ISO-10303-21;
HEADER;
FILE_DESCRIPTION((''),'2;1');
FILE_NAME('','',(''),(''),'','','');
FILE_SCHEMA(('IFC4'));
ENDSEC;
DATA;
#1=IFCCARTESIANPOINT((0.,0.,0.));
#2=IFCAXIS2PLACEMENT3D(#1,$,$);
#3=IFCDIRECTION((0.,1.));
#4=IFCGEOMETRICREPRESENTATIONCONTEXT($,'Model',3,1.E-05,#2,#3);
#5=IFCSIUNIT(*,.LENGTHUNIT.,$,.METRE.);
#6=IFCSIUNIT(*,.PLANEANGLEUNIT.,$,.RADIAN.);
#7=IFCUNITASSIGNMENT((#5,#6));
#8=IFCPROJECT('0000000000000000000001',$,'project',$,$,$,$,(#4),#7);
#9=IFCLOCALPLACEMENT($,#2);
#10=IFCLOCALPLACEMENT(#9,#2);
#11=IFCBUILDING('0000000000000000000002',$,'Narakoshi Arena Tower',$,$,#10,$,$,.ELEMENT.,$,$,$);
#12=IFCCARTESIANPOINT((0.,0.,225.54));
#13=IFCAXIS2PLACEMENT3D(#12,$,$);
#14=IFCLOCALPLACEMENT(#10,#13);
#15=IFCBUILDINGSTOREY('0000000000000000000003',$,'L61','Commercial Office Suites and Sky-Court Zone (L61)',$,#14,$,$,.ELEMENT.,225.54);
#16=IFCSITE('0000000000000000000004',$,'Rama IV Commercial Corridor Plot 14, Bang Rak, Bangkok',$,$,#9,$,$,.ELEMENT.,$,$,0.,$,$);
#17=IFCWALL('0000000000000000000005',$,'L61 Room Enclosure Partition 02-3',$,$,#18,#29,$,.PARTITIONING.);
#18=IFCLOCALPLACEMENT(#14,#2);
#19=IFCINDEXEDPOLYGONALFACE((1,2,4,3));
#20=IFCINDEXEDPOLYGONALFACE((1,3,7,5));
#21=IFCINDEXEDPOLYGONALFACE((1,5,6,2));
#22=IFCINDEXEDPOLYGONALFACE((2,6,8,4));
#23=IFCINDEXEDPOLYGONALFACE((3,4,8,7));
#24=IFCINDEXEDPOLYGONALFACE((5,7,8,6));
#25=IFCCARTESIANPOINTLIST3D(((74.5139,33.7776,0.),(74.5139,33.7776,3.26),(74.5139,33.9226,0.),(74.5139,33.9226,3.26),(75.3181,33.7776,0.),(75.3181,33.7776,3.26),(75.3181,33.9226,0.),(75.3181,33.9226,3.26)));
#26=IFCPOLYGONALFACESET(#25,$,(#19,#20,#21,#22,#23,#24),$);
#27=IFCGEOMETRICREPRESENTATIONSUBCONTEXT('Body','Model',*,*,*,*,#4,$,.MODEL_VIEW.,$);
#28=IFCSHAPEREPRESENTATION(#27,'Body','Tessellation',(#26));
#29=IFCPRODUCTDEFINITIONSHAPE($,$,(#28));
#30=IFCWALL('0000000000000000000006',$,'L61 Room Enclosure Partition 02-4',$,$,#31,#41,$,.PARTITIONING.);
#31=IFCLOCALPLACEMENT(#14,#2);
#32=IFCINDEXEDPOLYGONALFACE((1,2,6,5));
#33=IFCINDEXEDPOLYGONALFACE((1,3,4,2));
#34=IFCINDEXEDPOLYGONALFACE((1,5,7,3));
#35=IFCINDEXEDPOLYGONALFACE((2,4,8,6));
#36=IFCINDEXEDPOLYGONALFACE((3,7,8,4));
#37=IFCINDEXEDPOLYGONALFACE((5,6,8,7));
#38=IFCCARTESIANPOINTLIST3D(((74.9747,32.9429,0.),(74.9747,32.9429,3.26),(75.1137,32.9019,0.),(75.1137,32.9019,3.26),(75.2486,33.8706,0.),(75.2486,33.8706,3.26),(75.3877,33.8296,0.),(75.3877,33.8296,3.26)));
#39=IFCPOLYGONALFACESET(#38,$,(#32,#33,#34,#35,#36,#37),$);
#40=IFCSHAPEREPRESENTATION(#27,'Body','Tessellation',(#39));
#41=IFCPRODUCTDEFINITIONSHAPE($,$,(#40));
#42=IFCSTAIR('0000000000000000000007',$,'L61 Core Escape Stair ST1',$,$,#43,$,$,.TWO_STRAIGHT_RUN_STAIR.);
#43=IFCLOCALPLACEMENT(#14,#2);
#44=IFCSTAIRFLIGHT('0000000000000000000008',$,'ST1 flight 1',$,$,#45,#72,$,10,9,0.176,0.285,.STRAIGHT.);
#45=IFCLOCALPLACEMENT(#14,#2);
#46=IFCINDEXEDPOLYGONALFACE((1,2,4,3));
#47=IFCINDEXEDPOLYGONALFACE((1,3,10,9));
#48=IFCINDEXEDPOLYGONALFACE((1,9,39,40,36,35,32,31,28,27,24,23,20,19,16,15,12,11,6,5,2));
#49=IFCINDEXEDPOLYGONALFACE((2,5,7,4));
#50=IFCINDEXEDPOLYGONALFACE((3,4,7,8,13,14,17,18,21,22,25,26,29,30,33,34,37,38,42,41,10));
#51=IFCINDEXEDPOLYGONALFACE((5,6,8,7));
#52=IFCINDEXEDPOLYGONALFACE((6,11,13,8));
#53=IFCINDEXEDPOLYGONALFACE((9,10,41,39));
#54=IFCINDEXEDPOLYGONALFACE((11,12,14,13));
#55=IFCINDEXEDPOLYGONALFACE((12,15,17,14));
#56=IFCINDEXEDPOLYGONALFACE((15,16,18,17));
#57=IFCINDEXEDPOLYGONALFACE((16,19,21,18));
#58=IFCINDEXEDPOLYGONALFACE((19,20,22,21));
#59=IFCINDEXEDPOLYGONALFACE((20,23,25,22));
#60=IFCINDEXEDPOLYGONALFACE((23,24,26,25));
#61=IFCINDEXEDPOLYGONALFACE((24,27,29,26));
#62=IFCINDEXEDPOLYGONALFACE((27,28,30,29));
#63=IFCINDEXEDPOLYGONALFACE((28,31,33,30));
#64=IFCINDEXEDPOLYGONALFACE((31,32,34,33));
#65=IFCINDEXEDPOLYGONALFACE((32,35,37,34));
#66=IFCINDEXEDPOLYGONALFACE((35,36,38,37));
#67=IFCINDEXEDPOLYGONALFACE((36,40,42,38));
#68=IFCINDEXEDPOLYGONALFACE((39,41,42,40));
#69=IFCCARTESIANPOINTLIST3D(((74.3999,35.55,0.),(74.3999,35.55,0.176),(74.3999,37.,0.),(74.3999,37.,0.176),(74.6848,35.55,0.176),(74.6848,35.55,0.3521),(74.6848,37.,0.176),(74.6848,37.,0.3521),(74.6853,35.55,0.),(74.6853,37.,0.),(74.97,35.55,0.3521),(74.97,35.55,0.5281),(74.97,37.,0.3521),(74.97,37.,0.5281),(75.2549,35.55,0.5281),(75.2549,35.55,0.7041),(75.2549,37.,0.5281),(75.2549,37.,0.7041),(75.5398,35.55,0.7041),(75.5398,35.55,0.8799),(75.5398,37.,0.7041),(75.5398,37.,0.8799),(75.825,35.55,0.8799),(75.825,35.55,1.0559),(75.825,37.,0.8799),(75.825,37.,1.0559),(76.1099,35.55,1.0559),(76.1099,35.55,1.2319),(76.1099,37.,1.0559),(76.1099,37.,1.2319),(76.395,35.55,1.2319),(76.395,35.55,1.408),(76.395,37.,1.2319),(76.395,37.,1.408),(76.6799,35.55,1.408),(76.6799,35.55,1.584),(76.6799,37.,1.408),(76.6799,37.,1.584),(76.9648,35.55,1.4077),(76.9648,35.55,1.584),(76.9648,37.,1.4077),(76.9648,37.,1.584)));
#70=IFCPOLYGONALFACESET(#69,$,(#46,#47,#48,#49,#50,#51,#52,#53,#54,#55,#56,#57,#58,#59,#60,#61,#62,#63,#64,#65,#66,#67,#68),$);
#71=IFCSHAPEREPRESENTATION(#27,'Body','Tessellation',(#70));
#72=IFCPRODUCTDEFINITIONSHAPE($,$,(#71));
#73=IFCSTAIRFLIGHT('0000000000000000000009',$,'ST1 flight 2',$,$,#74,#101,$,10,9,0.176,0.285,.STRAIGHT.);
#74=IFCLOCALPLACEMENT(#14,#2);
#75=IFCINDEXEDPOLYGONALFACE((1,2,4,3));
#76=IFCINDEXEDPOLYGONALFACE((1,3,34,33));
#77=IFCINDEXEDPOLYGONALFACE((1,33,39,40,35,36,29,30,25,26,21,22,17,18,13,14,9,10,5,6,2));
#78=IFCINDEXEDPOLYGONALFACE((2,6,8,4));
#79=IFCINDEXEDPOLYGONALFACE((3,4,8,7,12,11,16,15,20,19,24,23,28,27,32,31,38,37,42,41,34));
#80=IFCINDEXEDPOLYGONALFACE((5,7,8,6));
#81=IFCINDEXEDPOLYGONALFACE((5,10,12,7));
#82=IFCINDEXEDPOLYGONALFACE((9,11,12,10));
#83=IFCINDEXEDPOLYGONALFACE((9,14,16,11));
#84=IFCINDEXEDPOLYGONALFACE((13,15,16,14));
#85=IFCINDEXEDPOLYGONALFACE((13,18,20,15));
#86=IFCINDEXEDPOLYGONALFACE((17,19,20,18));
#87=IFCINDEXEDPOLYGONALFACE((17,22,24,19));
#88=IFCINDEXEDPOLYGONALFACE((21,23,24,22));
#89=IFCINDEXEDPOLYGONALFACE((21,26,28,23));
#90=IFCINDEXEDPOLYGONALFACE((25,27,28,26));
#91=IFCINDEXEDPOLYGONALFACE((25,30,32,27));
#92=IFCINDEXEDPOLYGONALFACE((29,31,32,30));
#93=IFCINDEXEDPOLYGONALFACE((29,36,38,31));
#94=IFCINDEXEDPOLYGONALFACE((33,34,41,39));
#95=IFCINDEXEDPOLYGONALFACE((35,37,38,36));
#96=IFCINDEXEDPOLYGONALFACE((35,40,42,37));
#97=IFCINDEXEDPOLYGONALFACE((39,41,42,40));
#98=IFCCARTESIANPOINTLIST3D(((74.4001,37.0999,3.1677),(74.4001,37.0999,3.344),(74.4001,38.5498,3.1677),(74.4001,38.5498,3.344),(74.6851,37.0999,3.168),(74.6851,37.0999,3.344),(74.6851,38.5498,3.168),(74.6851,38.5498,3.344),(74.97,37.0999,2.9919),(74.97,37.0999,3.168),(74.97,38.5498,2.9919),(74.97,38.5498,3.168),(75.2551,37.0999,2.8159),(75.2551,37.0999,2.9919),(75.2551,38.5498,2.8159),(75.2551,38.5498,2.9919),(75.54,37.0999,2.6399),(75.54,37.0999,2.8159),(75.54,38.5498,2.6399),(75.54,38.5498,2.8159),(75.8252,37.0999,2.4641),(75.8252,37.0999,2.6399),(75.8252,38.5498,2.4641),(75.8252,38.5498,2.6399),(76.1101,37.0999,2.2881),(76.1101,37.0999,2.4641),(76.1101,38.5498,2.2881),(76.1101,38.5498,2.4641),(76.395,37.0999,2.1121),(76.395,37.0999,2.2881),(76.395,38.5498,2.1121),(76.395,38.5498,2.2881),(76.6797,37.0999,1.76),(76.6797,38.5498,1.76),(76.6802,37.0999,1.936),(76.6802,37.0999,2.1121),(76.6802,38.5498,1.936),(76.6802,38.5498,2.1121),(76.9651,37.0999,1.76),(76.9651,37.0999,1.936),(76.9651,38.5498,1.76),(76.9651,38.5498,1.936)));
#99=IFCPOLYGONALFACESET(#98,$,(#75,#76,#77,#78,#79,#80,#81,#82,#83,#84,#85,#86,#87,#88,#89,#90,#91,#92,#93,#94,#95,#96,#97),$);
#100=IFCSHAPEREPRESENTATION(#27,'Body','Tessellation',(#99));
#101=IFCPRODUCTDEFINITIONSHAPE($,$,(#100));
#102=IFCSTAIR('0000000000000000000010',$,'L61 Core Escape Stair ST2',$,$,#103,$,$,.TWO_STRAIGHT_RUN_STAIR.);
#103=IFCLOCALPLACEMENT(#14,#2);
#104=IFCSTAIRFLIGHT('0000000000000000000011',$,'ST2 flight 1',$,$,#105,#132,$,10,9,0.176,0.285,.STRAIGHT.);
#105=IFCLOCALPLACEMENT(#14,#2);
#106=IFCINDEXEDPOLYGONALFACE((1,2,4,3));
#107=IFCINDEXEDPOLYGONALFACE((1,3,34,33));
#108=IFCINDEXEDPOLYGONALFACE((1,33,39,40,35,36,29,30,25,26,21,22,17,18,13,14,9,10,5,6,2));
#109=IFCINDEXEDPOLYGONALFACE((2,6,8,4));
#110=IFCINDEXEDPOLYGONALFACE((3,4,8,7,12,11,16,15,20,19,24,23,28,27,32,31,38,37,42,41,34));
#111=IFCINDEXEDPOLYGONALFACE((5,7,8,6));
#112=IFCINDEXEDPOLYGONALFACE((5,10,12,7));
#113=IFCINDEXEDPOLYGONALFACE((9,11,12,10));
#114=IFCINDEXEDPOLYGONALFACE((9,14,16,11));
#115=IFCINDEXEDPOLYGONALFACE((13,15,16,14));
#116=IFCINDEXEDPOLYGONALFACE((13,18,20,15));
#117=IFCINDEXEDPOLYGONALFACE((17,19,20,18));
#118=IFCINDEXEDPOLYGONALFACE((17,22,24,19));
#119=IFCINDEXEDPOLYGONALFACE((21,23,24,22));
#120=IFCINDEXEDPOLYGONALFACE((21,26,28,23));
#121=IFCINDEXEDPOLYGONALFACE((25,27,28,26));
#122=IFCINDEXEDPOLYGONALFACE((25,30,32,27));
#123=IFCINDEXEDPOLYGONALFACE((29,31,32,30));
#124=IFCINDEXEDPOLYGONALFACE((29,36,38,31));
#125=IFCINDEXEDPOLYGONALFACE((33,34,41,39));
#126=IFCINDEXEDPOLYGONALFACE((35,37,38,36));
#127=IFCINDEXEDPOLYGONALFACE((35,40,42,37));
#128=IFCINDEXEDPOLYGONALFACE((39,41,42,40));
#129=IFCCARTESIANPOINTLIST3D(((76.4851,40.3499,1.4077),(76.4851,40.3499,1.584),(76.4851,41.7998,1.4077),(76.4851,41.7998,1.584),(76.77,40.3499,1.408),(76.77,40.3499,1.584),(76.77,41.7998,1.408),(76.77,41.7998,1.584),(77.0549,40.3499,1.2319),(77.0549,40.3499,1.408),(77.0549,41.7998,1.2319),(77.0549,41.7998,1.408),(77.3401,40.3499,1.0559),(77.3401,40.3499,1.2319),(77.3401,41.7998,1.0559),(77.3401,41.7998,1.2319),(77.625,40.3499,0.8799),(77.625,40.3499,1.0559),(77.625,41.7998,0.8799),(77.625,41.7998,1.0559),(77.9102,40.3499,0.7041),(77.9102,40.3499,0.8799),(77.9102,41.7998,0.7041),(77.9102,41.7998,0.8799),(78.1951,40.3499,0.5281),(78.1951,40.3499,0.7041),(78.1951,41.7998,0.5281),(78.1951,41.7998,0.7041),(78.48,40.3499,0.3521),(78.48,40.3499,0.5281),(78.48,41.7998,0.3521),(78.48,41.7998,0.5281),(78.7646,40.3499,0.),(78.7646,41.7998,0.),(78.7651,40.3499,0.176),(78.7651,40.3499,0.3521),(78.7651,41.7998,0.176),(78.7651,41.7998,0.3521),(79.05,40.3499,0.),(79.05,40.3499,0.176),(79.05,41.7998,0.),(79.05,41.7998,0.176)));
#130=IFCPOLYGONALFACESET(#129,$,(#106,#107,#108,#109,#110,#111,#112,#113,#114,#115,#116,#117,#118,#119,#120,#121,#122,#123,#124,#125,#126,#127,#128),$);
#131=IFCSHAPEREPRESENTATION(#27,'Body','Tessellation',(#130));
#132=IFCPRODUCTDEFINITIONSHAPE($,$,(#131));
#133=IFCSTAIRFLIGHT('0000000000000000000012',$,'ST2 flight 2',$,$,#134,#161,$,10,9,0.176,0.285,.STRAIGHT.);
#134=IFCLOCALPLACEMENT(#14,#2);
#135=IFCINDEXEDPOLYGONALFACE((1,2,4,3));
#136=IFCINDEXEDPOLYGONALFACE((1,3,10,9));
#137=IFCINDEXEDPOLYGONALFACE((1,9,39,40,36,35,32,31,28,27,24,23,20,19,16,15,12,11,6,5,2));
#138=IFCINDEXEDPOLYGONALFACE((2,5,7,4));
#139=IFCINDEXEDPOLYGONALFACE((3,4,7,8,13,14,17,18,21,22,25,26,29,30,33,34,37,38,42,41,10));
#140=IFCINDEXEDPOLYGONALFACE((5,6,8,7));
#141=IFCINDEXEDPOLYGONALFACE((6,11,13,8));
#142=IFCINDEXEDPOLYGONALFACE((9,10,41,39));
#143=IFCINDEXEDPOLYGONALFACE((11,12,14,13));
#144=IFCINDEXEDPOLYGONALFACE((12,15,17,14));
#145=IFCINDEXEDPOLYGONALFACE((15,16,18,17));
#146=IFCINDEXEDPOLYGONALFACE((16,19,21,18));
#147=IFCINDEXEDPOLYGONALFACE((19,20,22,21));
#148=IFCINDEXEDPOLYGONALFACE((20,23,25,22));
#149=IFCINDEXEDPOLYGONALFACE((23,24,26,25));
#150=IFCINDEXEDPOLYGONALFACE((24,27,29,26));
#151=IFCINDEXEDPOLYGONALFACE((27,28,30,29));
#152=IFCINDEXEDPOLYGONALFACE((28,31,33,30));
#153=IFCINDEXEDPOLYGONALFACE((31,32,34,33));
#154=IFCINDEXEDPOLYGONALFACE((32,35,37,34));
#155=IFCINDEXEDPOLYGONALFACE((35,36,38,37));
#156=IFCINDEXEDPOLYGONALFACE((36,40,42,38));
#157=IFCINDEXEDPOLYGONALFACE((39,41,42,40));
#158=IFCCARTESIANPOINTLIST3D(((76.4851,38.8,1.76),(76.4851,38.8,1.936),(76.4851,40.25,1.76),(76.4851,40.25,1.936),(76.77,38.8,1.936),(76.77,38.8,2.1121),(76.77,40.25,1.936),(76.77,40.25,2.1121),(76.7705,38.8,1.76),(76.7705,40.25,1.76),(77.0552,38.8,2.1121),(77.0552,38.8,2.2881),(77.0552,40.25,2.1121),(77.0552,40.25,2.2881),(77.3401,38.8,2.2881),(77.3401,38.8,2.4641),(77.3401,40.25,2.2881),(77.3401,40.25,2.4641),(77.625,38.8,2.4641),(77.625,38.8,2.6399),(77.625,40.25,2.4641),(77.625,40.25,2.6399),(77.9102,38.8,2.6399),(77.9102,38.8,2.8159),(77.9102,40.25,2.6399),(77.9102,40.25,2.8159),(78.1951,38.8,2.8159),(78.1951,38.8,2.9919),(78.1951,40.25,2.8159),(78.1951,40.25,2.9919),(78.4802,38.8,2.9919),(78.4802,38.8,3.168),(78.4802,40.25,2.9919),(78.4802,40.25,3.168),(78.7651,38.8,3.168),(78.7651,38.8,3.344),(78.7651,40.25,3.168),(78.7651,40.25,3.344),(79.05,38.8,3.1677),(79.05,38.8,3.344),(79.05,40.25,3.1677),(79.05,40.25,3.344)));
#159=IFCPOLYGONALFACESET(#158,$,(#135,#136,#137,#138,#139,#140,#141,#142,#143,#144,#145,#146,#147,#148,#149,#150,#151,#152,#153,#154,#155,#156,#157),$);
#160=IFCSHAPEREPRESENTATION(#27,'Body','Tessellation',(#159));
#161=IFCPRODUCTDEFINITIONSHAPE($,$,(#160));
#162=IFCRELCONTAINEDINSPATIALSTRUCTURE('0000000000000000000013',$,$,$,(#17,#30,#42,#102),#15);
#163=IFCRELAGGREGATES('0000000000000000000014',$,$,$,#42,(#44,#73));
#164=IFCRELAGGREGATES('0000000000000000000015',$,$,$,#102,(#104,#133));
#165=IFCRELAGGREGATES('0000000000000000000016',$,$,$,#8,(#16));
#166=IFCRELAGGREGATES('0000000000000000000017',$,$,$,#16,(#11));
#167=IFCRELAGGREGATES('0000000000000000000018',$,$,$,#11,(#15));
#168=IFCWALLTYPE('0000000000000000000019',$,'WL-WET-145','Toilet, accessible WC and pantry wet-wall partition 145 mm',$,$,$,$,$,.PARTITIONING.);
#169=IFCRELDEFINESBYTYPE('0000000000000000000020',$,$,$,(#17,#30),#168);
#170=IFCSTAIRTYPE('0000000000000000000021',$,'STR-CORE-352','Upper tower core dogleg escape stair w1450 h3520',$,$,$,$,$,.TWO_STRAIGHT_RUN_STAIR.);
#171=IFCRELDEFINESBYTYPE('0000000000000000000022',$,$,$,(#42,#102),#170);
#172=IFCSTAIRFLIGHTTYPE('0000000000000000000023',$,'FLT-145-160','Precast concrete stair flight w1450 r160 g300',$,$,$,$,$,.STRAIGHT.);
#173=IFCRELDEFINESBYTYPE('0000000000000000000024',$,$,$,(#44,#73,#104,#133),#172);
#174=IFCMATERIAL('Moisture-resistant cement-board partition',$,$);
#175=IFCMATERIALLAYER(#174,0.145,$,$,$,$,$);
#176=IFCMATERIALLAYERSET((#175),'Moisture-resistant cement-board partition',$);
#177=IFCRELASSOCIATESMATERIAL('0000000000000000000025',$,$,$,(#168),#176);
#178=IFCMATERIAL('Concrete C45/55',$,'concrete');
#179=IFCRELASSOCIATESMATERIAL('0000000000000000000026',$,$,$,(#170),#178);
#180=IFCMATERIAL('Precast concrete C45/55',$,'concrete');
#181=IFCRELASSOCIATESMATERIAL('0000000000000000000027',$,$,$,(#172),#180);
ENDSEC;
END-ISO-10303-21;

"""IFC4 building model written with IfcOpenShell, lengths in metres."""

from ifc_helpers import new_model, si_unit, direction, frame, frame_2d, origin, place, context, subcontext, project, spatial, polyline, rectangle, outline, extrude, material, layer, layer_set, type_object, element, aggregate, save


model = new_model("IFC4")

# Units and contexts
model_context = context("Model", 3, precision=1e-05, world=origin(), true_north=direction((0.0, 1.0)))
body_context = subcontext(model_context, "Body", "Model", "MODEL_VIEW")
ifc_project = project(units=[si_unit("LENGTHUNIT", "METRE"), si_unit("PLANEANGLEUNIT", "RADIAN")], contexts=[model_context])

# Site, building, storey
site_placement = place(None, origin())
site = spatial("IfcSite", under=ifc_project, at=site_placement, Name="Rama IV Commercial Corridor Plot 14, Bang Rak, Bangkok", CompositionType="ELEMENT", RefElevation=0.0)
building_placement = place(site_placement, origin())
building = spatial("IfcBuilding", under=site, at=building_placement, Name="Narakoshi Arena Tower", CompositionType="ELEMENT")
storey_placement = place(building_placement, frame((0.0, 0.0, 225.54)))
storey = spatial("IfcBuildingStorey", under=building, at=storey_placement, Name="L61", Description="Commercial Office Suites and Sky-Court Zone (L61)", CompositionType="ELEMENT", Elevation=225.54)

# Shared definitions
ifc_material_1 = material(Name="Precast concrete C45/55", Category="concrete")

# Walls
ifc_material_2 = material(Name="Moisture-resistant cement-board partition")
ifc_layer_1 = layer(ifc_material_2, 0.145)
ifc_layer_set_1 = layer_set([ifc_layer_1], Name="Moisture-resistant cement-board partition")
wall_type_1 = type_object("IfcWallType", Name="WL-WET-145", Description="Toilet, accessible WC and pantry wet-wall partition 145 mm", PredefinedType="PARTITIONING", material=ifc_layer_set_1)
wall_1_placement = place(storey_placement, frame((74.5139, 33.8501, 0.0), z_axis=(0.0, 0.0, 1.0), x_axis=(1.0, 0.0, 0.0)))
element("IfcWall", 1, at=wall_1_placement, inside=storey, type_object=wall_type_1, Name="L61 Room Enclosure Partition 02-3", PredefinedType="PARTITIONING", context=body_context, shape_type="SweptSolid", body=[
    extrude(rectangle(XDim=0.8042, YDim=0.145, at=frame_2d((0.4021, 0.0))), origin(), (0.0, 0.0, 1.0), 3.26),
])
wall_2_placement = place(storey_placement, frame((75.3181, 33.8501, 0.0), z_axis=(0.0, 0.0, 1.0), x_axis=(-0.283177, -0.959068, 0.0)))
element("IfcWall", 2, at=wall_2_placement, inside=storey, type_object=wall_type_1, Name="L61 Room Enclosure Partition 02-4", PredefinedType="PARTITIONING", context=body_context, shape_type="SweptSolid", body=[
    extrude(rectangle(XDim=0.9673, YDim=0.145, at=frame_2d((0.4836, 0.0))), origin(), (0.0, 0.0, 1.0), 3.26),
])

# Stairs, stair flights
ifc_material_3 = material(Name="Concrete C45/55", Category="concrete")
stair_type = type_object("IfcStairType", Name="STR-CORE-352", Description="Upper tower core dogleg escape stair w1450 h3520", PredefinedType="TWO_STRAIGHT_RUN_STAIR", material=ifc_material_3)
stair_1_placement = place(storey_placement, origin())
stair_1 = element("IfcStair", 3, at=stair_1_placement, inside=storey, type_object=stair_type, Name="L61 Core Escape Stair ST1", PredefinedType="TWO_STRAIGHT_RUN_STAIR")
stair_flight_type = type_object("IfcStairFlightType", Name="FLT-145-160", Description="Precast concrete stair flight w1450 r160 g300", PredefinedType="STRAIGHT", material=ifc_material_1)
stair_flight_1_placement = place(storey_placement, frame((74.3999, 36.2749, 0.0), z_axis=(0.0, 0.0, 1.0), x_axis=(1.0, 0.0, 0.0)))
stair_flight_1 = element("IfcStairFlight", 4, at=stair_flight_1_placement, type_object=stair_flight_type, Name="ST1 flight 1", NumberOfRisers=10, NumberOfTreads=9, PredefinedType="STRAIGHT", RiserHeight=0.176, TreadLength=0.285, context=body_context, shape_type="SweptSolid", body=[
    extrude(outline(polyline([(0.0, 0.0), (0.0, 0.176), (0.2849, 0.176), (0.2849, 0.3521), (0.5701, 0.3521), (0.5701, 0.5281), (0.855, 0.5281), (0.855, 0.7041), (1.1399, 0.7041), (1.1399, 0.8799), (1.425, 0.8799), (1.425, 1.0559), (1.71, 1.0559), (1.71, 1.2319), (1.9951, 1.2319), (1.9951, 1.408), (2.28, 1.408), (2.28, 1.584), (2.5649, 1.584), (2.5649, 1.76), (2.5649, 1.4077), (0.2854, 0.0), (0.0, 0.0)])), frame((0.0, 0.7251, 0.0), z_axis=(0.0, -1.0, 0.0), x_axis=(1.0, 0.0, 0.0)), (0.0, 0.0, 1.0), 1.45),
])
stair_flight_2_placement = place(storey_placement, frame((76.9651, 37.825, 1.76), z_axis=(0.0, 0.0, 1.0), x_axis=(-1.0, 0.0, 0.0)))
stair_flight_2 = element("IfcStairFlight", 5, at=stair_flight_2_placement, type_object=stair_flight_type, Name="ST1 flight 2", NumberOfRisers=10, NumberOfTreads=9, PredefinedType="STRAIGHT", RiserHeight=0.176, TreadLength=0.285, context=body_context, shape_type="SweptSolid", body=[
    extrude(outline(polyline([(0.0, 0.0), (0.0, 0.176), (0.2849, 0.176), (0.2849, 0.3521), (0.5701, 0.3521), (0.5701, 0.5281), (0.855, 0.5281), (0.855, 0.7041), (1.1399, 0.7041), (1.1399, 0.8799), (1.425, 0.8799), (1.425, 1.0559), (1.71, 1.0559), (1.71, 1.2319), (1.9951, 1.2319), (1.9951, 1.408), (2.28, 1.408), (2.28, 1.584), (2.5649, 1.584), (2.5649, 1.76), (2.5649, 1.4077), (0.2854, 0.0), (0.0, 0.0)])), frame((0.0, 0.7251, 0.0), z_axis=(0.0, -1.0, 0.0), x_axis=(1.0, 0.0, 0.0)), (0.0, 0.0, 1.0), 1.45),
])
aggregate(stair_1, [stair_flight_1, stair_flight_2])
stair_2_placement = place(storey_placement, origin())
stair_2 = element("IfcStair", 6, at=stair_2_placement, inside=storey, type_object=stair_type, Name="L61 Core Escape Stair ST2", PredefinedType="TWO_STRAIGHT_RUN_STAIR")
stair_flight_3_placement = place(storey_placement, frame((79.05, 41.075, 0.0), z_axis=(0.0, 0.0, 1.0), x_axis=(-1.0, 0.0, 0.0)))
stair_flight_3 = element("IfcStairFlight", 7, at=stair_flight_3_placement, type_object=stair_flight_type, Name="ST2 flight 1", NumberOfRisers=10, NumberOfTreads=9, PredefinedType="STRAIGHT", RiserHeight=0.176, TreadLength=0.285, context=body_context, shape_type="SweptSolid", body=[
    extrude(outline(polyline([(0.0, 0.0), (0.0, 0.176), (0.2849, 0.176), (0.2849, 0.3521), (0.5701, 0.3521), (0.5701, 0.5281), (0.855, 0.5281), (0.855, 0.7041), (1.1399, 0.7041), (1.1399, 0.8799), (1.425, 0.8799), (1.425, 1.0559), (1.71, 1.0559), (1.71, 1.2319), (1.9951, 1.2319), (1.9951, 1.408), (2.28, 1.408), (2.28, 1.584), (2.5649, 1.584), (2.5649, 1.76), (2.5649, 1.4077), (0.2854, 0.0), (0.0, 0.0)])), frame((0.0, 0.7251, 0.0), z_axis=(0.0, -1.0, 0.0), x_axis=(1.0, 0.0, 0.0)), (0.0, 0.0, 1.0), 1.45),
])
stair_flight_4_placement = place(storey_placement, frame((76.4851, 39.5249, 1.76), z_axis=(0.0, 0.0, 1.0), x_axis=(1.0, 0.0, 0.0)))
stair_flight_4 = element("IfcStairFlight", 8, at=stair_flight_4_placement, type_object=stair_flight_type, Name="ST2 flight 2", NumberOfRisers=10, NumberOfTreads=9, PredefinedType="STRAIGHT", RiserHeight=0.176, TreadLength=0.285, context=body_context, shape_type="SweptSolid", body=[
    extrude(outline(polyline([(0.0, 0.0), (0.0, 0.176), (0.2849, 0.176), (0.2849, 0.3521), (0.5701, 0.3521), (0.5701, 0.5281), (0.855, 0.5281), (0.855, 0.7041), (1.1399, 0.7041), (1.1399, 0.8799), (1.425, 0.8799), (1.425, 1.0559), (1.71, 1.0559), (1.71, 1.2319), (1.9951, 1.2319), (1.9951, 1.408), (2.28, 1.408), (2.28, 1.584), (2.5649, 1.584), (2.5649, 1.76), (2.5649, 1.4077), (0.2854, 0.0), (0.0, 0.0)])), frame((0.0, 0.7251, 0.0), z_axis=(0.0, -1.0, 0.0), x_axis=(1.0, 0.0, 0.0)), (0.0, 0.0, 1.0), 1.45),
])
aggregate(stair_2, [stair_flight_3, stair_flight_4])

save(model, "model.ifc")
